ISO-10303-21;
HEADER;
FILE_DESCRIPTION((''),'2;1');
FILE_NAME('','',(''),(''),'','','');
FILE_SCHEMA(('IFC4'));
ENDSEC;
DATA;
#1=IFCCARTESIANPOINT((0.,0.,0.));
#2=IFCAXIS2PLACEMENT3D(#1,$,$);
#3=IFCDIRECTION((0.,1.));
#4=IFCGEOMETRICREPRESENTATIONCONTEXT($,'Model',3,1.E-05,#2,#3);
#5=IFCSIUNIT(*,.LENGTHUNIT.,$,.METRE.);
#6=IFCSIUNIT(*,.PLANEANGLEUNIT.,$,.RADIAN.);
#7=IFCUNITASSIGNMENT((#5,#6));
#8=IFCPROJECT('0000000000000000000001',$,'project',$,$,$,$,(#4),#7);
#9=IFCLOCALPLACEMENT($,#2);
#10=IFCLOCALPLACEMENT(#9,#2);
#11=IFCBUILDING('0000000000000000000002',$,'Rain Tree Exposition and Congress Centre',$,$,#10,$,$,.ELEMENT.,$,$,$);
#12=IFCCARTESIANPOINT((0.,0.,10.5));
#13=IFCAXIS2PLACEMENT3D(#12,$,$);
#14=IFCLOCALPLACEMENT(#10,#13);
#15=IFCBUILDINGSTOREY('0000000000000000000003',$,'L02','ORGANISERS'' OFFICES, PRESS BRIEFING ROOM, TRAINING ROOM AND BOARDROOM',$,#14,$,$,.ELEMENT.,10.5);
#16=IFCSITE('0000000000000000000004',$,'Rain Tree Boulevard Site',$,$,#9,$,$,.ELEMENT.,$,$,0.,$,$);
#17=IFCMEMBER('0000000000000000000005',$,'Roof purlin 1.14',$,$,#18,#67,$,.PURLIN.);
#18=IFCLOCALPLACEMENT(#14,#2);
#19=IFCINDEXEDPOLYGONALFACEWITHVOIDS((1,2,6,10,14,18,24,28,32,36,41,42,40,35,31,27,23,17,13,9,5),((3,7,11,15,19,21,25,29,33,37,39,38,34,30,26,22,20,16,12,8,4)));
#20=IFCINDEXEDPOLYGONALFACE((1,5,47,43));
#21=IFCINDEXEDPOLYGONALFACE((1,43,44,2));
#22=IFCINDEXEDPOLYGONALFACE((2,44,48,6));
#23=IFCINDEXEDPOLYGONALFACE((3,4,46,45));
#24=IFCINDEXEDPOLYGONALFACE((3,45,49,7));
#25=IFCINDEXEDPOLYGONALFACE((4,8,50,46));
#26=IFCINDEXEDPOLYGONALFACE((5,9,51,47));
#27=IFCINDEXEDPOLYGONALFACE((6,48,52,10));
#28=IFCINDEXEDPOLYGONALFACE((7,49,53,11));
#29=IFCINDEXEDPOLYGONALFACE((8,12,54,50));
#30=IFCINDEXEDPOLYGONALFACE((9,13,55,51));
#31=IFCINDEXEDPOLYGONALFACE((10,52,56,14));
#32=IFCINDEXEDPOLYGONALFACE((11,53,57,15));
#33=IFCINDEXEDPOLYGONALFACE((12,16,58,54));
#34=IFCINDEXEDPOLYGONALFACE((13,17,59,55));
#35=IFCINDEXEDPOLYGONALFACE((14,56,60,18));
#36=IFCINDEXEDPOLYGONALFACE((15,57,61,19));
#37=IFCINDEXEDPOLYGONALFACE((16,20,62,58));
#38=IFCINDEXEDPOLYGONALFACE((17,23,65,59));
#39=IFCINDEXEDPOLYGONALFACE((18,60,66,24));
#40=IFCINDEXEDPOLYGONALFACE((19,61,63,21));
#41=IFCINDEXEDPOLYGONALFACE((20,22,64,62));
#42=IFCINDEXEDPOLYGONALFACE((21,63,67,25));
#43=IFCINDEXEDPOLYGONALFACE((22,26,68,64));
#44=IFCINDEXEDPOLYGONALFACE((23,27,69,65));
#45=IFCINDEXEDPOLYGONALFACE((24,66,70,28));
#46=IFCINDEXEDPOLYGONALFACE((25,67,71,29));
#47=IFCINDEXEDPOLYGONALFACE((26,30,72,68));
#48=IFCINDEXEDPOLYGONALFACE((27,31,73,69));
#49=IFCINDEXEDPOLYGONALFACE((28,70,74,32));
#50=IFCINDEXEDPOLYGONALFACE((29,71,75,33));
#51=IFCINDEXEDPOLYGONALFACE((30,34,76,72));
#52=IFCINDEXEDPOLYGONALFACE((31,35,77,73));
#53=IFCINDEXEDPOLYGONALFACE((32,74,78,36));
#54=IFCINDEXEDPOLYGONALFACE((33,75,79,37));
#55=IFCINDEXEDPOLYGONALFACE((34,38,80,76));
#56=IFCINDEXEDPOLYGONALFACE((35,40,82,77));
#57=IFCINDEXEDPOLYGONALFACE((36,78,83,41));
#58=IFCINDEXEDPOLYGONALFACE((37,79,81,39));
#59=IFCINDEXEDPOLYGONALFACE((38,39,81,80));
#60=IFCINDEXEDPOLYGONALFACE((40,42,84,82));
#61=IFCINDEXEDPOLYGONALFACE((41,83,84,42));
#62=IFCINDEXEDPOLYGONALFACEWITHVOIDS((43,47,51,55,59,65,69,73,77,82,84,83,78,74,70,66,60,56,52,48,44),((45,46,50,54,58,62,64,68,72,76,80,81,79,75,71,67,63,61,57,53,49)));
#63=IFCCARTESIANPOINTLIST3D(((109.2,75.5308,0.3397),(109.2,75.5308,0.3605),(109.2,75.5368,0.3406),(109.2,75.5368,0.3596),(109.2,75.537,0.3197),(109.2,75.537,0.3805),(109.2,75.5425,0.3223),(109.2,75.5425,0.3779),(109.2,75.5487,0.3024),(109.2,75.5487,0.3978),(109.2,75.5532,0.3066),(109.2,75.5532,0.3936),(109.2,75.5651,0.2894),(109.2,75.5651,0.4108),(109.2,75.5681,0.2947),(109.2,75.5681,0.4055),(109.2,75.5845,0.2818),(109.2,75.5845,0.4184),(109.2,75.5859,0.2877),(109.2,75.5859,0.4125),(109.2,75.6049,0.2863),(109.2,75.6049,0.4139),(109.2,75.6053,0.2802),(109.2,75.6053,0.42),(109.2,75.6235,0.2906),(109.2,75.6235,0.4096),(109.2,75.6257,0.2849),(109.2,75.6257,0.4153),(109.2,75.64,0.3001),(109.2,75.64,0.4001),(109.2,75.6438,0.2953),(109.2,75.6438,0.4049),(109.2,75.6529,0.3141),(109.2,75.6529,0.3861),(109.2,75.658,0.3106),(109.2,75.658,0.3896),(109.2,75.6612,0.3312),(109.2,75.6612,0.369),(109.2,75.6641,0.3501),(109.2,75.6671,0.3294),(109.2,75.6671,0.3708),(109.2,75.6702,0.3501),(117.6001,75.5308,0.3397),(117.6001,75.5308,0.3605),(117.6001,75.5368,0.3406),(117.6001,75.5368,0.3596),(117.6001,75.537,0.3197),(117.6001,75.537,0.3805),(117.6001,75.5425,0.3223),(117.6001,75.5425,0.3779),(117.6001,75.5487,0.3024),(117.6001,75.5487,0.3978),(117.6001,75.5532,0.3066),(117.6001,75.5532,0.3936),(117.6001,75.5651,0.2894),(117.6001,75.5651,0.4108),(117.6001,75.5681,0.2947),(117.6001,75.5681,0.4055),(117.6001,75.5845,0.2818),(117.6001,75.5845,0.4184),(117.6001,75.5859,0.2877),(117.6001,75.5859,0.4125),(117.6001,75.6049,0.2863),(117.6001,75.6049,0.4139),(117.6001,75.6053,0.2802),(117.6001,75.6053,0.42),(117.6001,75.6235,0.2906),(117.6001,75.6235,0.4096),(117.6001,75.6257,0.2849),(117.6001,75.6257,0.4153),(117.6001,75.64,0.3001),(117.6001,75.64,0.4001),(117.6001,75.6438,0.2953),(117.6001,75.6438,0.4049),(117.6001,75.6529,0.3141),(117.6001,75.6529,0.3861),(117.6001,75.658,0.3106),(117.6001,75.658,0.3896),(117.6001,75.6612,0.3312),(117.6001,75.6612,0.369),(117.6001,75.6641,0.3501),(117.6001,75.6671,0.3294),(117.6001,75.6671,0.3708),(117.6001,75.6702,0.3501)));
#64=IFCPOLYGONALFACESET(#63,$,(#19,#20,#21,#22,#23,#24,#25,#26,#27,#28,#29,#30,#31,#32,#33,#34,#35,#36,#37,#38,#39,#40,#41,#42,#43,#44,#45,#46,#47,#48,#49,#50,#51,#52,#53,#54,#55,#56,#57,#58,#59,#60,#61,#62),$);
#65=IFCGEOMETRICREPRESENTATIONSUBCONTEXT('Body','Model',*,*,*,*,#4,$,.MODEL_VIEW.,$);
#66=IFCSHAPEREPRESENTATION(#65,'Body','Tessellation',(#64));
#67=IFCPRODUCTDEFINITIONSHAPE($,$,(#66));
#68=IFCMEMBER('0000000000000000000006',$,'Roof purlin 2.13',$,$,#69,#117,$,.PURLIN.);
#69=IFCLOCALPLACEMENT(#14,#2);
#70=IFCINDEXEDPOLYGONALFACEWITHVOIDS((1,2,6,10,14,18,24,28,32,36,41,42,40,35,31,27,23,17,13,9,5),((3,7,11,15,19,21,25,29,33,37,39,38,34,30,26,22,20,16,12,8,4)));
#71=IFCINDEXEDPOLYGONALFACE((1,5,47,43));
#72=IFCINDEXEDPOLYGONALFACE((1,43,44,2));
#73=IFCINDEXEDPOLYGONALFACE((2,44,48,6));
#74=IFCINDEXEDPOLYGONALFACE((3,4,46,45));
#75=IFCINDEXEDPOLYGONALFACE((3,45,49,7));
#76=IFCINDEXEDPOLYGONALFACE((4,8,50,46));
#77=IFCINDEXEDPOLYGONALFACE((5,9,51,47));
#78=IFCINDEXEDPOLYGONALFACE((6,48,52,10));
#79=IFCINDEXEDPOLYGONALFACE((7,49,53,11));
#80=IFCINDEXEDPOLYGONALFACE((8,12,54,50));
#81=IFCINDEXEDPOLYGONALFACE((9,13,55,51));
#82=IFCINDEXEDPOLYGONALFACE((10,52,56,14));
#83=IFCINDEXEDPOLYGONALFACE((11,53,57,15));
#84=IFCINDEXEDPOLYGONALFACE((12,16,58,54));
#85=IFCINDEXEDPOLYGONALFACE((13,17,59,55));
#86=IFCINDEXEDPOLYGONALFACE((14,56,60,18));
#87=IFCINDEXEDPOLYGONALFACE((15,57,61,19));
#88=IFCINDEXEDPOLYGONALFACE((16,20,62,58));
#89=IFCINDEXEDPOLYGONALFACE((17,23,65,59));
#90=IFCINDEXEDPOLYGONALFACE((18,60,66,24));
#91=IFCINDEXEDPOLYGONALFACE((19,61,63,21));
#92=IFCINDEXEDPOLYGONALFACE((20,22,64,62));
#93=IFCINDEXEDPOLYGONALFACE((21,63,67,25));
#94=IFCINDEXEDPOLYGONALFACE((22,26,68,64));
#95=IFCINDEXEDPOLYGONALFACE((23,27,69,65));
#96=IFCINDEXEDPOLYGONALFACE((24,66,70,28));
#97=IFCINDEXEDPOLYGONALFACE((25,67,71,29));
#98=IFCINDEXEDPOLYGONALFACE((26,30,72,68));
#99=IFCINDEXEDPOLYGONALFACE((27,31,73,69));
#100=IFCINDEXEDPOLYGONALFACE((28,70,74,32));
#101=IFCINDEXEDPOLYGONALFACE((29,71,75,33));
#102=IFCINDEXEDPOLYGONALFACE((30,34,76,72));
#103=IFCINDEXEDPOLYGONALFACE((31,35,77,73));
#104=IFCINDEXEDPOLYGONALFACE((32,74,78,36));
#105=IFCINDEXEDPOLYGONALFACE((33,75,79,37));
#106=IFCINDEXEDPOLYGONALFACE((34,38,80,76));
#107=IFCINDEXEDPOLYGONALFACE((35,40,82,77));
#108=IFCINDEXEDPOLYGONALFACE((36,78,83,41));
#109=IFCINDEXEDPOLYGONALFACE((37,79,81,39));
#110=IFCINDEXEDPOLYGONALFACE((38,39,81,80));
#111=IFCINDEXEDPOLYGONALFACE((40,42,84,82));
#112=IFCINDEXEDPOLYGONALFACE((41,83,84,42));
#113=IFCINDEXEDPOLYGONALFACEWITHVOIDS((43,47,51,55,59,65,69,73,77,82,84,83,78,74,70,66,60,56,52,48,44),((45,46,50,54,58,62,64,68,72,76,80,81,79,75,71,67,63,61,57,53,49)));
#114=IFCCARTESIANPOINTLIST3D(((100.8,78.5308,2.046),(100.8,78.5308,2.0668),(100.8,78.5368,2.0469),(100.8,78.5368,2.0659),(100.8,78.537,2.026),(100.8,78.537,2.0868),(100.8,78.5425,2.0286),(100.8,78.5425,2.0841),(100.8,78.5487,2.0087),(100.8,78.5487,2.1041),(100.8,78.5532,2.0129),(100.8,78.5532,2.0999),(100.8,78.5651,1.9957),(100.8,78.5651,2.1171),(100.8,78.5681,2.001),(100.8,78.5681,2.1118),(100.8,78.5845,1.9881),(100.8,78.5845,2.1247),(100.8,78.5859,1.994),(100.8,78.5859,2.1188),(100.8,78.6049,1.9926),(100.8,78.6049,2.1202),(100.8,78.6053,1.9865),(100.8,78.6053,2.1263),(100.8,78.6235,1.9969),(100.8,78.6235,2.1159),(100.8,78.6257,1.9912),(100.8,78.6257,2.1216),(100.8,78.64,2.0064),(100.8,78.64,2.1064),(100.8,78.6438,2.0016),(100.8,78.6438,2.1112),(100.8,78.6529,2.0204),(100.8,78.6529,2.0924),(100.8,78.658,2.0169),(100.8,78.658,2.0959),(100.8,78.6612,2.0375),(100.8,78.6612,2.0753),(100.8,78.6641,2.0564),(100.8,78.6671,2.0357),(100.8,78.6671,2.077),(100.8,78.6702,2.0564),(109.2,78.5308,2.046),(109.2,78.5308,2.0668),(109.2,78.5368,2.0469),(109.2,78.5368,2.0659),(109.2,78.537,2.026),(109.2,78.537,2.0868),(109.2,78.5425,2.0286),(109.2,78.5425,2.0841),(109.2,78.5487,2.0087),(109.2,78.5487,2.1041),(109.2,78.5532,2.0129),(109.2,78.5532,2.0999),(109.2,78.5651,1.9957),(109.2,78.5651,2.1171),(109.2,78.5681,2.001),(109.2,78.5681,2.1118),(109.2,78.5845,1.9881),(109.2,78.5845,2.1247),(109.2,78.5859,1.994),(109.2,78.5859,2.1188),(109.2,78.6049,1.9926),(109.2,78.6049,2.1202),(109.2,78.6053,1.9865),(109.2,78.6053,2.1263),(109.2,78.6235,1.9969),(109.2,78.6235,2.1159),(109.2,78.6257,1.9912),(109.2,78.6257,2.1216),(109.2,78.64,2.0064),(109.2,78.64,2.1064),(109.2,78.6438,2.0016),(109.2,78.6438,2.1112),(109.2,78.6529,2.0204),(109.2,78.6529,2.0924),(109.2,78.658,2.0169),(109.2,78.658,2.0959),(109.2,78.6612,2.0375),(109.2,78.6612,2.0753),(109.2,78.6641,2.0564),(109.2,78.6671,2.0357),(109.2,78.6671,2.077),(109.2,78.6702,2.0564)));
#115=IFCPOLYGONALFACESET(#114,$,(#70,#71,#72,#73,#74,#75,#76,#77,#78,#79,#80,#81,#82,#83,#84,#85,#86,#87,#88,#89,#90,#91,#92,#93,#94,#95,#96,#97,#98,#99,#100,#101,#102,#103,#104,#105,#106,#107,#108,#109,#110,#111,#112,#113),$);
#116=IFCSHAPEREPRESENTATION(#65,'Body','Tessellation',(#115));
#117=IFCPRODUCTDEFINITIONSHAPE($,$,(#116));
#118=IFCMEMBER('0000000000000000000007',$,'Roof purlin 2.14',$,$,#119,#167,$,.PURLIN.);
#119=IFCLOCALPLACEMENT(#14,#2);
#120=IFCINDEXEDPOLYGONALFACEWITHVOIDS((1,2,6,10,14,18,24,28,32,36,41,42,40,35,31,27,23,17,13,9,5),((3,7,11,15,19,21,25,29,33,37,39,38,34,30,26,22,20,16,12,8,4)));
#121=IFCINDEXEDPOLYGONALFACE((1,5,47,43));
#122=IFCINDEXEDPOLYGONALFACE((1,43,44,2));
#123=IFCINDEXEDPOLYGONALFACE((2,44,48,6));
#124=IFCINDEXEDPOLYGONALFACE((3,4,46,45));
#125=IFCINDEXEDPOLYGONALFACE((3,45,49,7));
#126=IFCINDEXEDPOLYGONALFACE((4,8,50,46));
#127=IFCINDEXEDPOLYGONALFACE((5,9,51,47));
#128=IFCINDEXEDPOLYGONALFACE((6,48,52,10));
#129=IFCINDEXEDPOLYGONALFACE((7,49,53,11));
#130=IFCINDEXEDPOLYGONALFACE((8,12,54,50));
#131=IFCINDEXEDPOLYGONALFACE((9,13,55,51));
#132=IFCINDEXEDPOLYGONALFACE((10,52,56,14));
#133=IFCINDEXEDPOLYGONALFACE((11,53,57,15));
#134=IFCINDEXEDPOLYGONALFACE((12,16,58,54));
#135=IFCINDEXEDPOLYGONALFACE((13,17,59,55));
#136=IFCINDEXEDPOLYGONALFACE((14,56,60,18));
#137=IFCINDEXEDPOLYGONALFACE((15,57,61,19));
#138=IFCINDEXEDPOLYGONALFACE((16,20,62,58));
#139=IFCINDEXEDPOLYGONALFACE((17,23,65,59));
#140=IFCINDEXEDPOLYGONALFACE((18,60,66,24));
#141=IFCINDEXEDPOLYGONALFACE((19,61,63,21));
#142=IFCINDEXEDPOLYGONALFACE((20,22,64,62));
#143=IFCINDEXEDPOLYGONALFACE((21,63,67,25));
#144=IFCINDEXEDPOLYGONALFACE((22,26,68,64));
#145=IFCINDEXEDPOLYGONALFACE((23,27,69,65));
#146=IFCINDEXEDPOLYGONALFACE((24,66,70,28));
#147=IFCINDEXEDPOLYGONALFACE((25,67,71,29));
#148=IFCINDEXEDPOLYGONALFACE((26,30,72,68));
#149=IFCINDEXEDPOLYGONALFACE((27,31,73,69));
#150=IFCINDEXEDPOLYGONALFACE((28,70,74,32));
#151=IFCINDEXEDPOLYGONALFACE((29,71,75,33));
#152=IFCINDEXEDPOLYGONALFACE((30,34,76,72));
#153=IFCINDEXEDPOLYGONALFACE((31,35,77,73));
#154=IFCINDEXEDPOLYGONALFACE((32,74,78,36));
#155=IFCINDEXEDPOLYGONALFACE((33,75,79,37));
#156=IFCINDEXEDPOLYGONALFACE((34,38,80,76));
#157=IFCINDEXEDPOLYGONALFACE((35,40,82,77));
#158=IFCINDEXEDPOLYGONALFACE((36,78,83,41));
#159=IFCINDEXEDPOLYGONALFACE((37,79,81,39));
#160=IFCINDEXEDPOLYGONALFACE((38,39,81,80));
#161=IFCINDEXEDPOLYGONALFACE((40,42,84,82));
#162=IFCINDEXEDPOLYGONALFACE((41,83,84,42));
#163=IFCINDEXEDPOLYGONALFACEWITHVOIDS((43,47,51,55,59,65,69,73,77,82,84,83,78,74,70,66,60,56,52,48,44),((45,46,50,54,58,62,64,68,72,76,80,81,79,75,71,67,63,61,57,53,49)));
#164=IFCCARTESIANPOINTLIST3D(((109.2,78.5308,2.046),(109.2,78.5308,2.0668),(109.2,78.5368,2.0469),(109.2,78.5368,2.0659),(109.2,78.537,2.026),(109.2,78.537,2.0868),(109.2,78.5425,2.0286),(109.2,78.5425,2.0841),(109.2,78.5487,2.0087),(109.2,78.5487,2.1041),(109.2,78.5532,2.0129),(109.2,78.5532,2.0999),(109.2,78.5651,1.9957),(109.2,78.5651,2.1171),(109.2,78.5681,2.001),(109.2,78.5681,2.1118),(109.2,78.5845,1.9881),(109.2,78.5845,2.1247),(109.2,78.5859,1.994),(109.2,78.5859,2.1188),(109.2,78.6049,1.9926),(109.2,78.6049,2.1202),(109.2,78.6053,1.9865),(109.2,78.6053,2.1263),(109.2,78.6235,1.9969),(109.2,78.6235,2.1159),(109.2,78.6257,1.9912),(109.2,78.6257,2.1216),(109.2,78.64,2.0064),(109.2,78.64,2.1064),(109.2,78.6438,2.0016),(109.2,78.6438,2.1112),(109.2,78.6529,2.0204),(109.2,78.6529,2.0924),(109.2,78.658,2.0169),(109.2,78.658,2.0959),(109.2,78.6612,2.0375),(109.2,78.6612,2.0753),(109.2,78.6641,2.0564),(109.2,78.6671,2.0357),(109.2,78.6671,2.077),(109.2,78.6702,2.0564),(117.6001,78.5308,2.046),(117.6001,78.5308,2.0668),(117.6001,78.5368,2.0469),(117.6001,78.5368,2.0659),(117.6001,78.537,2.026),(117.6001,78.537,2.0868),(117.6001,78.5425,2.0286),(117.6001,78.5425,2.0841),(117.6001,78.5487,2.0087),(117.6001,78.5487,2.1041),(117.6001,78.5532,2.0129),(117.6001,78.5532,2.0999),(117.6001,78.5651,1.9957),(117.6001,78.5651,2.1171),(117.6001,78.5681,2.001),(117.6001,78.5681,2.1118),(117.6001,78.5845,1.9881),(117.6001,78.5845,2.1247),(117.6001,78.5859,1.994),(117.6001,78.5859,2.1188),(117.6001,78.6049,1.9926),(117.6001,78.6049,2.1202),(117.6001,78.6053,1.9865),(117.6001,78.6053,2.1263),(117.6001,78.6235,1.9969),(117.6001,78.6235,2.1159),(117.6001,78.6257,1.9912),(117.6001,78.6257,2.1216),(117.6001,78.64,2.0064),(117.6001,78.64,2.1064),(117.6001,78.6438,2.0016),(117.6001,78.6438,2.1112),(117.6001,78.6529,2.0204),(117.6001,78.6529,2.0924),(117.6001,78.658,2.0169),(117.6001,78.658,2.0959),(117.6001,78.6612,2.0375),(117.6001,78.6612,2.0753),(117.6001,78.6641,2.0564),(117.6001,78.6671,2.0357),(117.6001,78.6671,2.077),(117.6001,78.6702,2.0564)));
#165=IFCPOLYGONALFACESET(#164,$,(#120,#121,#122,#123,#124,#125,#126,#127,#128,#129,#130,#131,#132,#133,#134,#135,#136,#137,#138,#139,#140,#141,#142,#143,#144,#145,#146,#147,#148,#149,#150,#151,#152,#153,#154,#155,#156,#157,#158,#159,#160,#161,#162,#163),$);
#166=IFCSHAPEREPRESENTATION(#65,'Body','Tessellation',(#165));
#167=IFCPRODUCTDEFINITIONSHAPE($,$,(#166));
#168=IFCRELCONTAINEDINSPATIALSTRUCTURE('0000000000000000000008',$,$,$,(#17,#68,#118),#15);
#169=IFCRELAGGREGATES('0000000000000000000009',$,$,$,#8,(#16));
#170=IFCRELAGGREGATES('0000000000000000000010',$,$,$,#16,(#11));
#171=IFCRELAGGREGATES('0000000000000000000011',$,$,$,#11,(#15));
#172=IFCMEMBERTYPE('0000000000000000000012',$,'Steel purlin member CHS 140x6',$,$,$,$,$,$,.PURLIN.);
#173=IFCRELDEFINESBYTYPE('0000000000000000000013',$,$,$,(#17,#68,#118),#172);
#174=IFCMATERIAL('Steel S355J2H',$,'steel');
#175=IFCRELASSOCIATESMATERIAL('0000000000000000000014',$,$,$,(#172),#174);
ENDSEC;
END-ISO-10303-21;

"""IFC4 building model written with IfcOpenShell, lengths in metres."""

from ifc_helpers import new_model, si_unit, direction, frame, origin, origin_2d, place, context, subcontext, project, spatial, hollow_circle, extrude, material, material_profile, profile_set, type_object, element, save


model = new_model("IFC4")

# Units and contexts
model_context = context("Model", 3, precision=1e-05, world=origin(), true_north=direction((0.0, 1.0)))
body_context = subcontext(model_context, "Body", "Model", "MODEL_VIEW")
ifc_project = project(units=[si_unit("LENGTHUNIT", "METRE"), si_unit("PLANEANGLEUNIT", "RADIAN")], contexts=[model_context])

# Site, building, storey
site_placement = place(None, origin())
site = spatial("IfcSite", under=ifc_project, at=site_placement, Name="Rain Tree Boulevard Site", CompositionType="ELEMENT", RefElevation=0.0)
building_placement = place(site_placement, origin())
building = spatial("IfcBuilding", under=site, at=building_placement, Name="Rain Tree Exposition and Congress Centre", CompositionType="ELEMENT")
storey_placement = place(building_placement, frame((0.0, 0.0, 10.5)))
storey = spatial("IfcBuildingStorey", under=building, at=storey_placement, Name="L02", Description="ORGANISERS' OFFICES, PRESS BRIEFING ROOM, TRAINING ROOM AND BOARDROOM", CompositionType="ELEMENT", Elevation=10.5)

# Members
ifc_material_1 = material(Name="Steel S355J2H", Category="steel")
ifc_material_profile_1 = material_profile(ifc_material_1, hollow_circle(Radius=0.0701, WallThickness=0.0061, at=origin_2d()), Name="CHS 140x6")
ifc_profile_set_1 = profile_set([ifc_material_profile_1], Name="Steel S355J2H")
member_type_1 = type_object("IfcMemberType", Name="Steel purlin member CHS 140x6", PredefinedType="PURLIN", material=ifc_profile_set_1)
member_1_placement = place(storey_placement, frame((109.2, 75.6001, 0.3501), z_axis=(1.0, 0.0, 0.0), x_axis=(0.0, 1.0, 0.0)))
element("IfcMember", 1, at=member_1_placement, inside=storey, type_object=member_type_1, Name="Roof purlin 1.14", PredefinedType="PURLIN", context=body_context, shape_type="SweptSolid", body=[
    extrude(hollow_circle(Radius=0.0701, WallThickness=0.0061, at=origin_2d()), origin(), (0.0, 0.0, 1.0), 8.4001),
])
member_2_placement = place(storey_placement, frame((100.8, 78.6001, 2.0564), z_axis=(1.0, 0.0, 0.0), x_axis=(0.0, 1.0, 0.0)))
element("IfcMember", 2, at=member_2_placement, inside=storey, type_object=member_type_1, Name="Roof purlin 2.13", PredefinedType="PURLIN", context=body_context, shape_type="SweptSolid", body=[
    extrude(hollow_circle(Radius=0.0701, WallThickness=0.0061, at=origin_2d()), origin(), (0.0, 0.0, 1.0), 8.3999),
])
member_3_placement = place(storey_placement, frame((109.2, 78.6001, 2.0564), z_axis=(1.0, 0.0, 0.0), x_axis=(0.0, 1.0, 0.0)))
element("IfcMember", 3, at=member_3_placement, inside=storey, type_object=member_type_1, Name="Roof purlin 2.14", PredefinedType="PURLIN", context=body_context, shape_type="SweptSolid", body=[
    extrude(hollow_circle(Radius=0.0701, WallThickness=0.0061, at=origin_2d()), origin(), (0.0, 0.0, 1.0), 8.4001),
])

save(model, "model.ifc")
